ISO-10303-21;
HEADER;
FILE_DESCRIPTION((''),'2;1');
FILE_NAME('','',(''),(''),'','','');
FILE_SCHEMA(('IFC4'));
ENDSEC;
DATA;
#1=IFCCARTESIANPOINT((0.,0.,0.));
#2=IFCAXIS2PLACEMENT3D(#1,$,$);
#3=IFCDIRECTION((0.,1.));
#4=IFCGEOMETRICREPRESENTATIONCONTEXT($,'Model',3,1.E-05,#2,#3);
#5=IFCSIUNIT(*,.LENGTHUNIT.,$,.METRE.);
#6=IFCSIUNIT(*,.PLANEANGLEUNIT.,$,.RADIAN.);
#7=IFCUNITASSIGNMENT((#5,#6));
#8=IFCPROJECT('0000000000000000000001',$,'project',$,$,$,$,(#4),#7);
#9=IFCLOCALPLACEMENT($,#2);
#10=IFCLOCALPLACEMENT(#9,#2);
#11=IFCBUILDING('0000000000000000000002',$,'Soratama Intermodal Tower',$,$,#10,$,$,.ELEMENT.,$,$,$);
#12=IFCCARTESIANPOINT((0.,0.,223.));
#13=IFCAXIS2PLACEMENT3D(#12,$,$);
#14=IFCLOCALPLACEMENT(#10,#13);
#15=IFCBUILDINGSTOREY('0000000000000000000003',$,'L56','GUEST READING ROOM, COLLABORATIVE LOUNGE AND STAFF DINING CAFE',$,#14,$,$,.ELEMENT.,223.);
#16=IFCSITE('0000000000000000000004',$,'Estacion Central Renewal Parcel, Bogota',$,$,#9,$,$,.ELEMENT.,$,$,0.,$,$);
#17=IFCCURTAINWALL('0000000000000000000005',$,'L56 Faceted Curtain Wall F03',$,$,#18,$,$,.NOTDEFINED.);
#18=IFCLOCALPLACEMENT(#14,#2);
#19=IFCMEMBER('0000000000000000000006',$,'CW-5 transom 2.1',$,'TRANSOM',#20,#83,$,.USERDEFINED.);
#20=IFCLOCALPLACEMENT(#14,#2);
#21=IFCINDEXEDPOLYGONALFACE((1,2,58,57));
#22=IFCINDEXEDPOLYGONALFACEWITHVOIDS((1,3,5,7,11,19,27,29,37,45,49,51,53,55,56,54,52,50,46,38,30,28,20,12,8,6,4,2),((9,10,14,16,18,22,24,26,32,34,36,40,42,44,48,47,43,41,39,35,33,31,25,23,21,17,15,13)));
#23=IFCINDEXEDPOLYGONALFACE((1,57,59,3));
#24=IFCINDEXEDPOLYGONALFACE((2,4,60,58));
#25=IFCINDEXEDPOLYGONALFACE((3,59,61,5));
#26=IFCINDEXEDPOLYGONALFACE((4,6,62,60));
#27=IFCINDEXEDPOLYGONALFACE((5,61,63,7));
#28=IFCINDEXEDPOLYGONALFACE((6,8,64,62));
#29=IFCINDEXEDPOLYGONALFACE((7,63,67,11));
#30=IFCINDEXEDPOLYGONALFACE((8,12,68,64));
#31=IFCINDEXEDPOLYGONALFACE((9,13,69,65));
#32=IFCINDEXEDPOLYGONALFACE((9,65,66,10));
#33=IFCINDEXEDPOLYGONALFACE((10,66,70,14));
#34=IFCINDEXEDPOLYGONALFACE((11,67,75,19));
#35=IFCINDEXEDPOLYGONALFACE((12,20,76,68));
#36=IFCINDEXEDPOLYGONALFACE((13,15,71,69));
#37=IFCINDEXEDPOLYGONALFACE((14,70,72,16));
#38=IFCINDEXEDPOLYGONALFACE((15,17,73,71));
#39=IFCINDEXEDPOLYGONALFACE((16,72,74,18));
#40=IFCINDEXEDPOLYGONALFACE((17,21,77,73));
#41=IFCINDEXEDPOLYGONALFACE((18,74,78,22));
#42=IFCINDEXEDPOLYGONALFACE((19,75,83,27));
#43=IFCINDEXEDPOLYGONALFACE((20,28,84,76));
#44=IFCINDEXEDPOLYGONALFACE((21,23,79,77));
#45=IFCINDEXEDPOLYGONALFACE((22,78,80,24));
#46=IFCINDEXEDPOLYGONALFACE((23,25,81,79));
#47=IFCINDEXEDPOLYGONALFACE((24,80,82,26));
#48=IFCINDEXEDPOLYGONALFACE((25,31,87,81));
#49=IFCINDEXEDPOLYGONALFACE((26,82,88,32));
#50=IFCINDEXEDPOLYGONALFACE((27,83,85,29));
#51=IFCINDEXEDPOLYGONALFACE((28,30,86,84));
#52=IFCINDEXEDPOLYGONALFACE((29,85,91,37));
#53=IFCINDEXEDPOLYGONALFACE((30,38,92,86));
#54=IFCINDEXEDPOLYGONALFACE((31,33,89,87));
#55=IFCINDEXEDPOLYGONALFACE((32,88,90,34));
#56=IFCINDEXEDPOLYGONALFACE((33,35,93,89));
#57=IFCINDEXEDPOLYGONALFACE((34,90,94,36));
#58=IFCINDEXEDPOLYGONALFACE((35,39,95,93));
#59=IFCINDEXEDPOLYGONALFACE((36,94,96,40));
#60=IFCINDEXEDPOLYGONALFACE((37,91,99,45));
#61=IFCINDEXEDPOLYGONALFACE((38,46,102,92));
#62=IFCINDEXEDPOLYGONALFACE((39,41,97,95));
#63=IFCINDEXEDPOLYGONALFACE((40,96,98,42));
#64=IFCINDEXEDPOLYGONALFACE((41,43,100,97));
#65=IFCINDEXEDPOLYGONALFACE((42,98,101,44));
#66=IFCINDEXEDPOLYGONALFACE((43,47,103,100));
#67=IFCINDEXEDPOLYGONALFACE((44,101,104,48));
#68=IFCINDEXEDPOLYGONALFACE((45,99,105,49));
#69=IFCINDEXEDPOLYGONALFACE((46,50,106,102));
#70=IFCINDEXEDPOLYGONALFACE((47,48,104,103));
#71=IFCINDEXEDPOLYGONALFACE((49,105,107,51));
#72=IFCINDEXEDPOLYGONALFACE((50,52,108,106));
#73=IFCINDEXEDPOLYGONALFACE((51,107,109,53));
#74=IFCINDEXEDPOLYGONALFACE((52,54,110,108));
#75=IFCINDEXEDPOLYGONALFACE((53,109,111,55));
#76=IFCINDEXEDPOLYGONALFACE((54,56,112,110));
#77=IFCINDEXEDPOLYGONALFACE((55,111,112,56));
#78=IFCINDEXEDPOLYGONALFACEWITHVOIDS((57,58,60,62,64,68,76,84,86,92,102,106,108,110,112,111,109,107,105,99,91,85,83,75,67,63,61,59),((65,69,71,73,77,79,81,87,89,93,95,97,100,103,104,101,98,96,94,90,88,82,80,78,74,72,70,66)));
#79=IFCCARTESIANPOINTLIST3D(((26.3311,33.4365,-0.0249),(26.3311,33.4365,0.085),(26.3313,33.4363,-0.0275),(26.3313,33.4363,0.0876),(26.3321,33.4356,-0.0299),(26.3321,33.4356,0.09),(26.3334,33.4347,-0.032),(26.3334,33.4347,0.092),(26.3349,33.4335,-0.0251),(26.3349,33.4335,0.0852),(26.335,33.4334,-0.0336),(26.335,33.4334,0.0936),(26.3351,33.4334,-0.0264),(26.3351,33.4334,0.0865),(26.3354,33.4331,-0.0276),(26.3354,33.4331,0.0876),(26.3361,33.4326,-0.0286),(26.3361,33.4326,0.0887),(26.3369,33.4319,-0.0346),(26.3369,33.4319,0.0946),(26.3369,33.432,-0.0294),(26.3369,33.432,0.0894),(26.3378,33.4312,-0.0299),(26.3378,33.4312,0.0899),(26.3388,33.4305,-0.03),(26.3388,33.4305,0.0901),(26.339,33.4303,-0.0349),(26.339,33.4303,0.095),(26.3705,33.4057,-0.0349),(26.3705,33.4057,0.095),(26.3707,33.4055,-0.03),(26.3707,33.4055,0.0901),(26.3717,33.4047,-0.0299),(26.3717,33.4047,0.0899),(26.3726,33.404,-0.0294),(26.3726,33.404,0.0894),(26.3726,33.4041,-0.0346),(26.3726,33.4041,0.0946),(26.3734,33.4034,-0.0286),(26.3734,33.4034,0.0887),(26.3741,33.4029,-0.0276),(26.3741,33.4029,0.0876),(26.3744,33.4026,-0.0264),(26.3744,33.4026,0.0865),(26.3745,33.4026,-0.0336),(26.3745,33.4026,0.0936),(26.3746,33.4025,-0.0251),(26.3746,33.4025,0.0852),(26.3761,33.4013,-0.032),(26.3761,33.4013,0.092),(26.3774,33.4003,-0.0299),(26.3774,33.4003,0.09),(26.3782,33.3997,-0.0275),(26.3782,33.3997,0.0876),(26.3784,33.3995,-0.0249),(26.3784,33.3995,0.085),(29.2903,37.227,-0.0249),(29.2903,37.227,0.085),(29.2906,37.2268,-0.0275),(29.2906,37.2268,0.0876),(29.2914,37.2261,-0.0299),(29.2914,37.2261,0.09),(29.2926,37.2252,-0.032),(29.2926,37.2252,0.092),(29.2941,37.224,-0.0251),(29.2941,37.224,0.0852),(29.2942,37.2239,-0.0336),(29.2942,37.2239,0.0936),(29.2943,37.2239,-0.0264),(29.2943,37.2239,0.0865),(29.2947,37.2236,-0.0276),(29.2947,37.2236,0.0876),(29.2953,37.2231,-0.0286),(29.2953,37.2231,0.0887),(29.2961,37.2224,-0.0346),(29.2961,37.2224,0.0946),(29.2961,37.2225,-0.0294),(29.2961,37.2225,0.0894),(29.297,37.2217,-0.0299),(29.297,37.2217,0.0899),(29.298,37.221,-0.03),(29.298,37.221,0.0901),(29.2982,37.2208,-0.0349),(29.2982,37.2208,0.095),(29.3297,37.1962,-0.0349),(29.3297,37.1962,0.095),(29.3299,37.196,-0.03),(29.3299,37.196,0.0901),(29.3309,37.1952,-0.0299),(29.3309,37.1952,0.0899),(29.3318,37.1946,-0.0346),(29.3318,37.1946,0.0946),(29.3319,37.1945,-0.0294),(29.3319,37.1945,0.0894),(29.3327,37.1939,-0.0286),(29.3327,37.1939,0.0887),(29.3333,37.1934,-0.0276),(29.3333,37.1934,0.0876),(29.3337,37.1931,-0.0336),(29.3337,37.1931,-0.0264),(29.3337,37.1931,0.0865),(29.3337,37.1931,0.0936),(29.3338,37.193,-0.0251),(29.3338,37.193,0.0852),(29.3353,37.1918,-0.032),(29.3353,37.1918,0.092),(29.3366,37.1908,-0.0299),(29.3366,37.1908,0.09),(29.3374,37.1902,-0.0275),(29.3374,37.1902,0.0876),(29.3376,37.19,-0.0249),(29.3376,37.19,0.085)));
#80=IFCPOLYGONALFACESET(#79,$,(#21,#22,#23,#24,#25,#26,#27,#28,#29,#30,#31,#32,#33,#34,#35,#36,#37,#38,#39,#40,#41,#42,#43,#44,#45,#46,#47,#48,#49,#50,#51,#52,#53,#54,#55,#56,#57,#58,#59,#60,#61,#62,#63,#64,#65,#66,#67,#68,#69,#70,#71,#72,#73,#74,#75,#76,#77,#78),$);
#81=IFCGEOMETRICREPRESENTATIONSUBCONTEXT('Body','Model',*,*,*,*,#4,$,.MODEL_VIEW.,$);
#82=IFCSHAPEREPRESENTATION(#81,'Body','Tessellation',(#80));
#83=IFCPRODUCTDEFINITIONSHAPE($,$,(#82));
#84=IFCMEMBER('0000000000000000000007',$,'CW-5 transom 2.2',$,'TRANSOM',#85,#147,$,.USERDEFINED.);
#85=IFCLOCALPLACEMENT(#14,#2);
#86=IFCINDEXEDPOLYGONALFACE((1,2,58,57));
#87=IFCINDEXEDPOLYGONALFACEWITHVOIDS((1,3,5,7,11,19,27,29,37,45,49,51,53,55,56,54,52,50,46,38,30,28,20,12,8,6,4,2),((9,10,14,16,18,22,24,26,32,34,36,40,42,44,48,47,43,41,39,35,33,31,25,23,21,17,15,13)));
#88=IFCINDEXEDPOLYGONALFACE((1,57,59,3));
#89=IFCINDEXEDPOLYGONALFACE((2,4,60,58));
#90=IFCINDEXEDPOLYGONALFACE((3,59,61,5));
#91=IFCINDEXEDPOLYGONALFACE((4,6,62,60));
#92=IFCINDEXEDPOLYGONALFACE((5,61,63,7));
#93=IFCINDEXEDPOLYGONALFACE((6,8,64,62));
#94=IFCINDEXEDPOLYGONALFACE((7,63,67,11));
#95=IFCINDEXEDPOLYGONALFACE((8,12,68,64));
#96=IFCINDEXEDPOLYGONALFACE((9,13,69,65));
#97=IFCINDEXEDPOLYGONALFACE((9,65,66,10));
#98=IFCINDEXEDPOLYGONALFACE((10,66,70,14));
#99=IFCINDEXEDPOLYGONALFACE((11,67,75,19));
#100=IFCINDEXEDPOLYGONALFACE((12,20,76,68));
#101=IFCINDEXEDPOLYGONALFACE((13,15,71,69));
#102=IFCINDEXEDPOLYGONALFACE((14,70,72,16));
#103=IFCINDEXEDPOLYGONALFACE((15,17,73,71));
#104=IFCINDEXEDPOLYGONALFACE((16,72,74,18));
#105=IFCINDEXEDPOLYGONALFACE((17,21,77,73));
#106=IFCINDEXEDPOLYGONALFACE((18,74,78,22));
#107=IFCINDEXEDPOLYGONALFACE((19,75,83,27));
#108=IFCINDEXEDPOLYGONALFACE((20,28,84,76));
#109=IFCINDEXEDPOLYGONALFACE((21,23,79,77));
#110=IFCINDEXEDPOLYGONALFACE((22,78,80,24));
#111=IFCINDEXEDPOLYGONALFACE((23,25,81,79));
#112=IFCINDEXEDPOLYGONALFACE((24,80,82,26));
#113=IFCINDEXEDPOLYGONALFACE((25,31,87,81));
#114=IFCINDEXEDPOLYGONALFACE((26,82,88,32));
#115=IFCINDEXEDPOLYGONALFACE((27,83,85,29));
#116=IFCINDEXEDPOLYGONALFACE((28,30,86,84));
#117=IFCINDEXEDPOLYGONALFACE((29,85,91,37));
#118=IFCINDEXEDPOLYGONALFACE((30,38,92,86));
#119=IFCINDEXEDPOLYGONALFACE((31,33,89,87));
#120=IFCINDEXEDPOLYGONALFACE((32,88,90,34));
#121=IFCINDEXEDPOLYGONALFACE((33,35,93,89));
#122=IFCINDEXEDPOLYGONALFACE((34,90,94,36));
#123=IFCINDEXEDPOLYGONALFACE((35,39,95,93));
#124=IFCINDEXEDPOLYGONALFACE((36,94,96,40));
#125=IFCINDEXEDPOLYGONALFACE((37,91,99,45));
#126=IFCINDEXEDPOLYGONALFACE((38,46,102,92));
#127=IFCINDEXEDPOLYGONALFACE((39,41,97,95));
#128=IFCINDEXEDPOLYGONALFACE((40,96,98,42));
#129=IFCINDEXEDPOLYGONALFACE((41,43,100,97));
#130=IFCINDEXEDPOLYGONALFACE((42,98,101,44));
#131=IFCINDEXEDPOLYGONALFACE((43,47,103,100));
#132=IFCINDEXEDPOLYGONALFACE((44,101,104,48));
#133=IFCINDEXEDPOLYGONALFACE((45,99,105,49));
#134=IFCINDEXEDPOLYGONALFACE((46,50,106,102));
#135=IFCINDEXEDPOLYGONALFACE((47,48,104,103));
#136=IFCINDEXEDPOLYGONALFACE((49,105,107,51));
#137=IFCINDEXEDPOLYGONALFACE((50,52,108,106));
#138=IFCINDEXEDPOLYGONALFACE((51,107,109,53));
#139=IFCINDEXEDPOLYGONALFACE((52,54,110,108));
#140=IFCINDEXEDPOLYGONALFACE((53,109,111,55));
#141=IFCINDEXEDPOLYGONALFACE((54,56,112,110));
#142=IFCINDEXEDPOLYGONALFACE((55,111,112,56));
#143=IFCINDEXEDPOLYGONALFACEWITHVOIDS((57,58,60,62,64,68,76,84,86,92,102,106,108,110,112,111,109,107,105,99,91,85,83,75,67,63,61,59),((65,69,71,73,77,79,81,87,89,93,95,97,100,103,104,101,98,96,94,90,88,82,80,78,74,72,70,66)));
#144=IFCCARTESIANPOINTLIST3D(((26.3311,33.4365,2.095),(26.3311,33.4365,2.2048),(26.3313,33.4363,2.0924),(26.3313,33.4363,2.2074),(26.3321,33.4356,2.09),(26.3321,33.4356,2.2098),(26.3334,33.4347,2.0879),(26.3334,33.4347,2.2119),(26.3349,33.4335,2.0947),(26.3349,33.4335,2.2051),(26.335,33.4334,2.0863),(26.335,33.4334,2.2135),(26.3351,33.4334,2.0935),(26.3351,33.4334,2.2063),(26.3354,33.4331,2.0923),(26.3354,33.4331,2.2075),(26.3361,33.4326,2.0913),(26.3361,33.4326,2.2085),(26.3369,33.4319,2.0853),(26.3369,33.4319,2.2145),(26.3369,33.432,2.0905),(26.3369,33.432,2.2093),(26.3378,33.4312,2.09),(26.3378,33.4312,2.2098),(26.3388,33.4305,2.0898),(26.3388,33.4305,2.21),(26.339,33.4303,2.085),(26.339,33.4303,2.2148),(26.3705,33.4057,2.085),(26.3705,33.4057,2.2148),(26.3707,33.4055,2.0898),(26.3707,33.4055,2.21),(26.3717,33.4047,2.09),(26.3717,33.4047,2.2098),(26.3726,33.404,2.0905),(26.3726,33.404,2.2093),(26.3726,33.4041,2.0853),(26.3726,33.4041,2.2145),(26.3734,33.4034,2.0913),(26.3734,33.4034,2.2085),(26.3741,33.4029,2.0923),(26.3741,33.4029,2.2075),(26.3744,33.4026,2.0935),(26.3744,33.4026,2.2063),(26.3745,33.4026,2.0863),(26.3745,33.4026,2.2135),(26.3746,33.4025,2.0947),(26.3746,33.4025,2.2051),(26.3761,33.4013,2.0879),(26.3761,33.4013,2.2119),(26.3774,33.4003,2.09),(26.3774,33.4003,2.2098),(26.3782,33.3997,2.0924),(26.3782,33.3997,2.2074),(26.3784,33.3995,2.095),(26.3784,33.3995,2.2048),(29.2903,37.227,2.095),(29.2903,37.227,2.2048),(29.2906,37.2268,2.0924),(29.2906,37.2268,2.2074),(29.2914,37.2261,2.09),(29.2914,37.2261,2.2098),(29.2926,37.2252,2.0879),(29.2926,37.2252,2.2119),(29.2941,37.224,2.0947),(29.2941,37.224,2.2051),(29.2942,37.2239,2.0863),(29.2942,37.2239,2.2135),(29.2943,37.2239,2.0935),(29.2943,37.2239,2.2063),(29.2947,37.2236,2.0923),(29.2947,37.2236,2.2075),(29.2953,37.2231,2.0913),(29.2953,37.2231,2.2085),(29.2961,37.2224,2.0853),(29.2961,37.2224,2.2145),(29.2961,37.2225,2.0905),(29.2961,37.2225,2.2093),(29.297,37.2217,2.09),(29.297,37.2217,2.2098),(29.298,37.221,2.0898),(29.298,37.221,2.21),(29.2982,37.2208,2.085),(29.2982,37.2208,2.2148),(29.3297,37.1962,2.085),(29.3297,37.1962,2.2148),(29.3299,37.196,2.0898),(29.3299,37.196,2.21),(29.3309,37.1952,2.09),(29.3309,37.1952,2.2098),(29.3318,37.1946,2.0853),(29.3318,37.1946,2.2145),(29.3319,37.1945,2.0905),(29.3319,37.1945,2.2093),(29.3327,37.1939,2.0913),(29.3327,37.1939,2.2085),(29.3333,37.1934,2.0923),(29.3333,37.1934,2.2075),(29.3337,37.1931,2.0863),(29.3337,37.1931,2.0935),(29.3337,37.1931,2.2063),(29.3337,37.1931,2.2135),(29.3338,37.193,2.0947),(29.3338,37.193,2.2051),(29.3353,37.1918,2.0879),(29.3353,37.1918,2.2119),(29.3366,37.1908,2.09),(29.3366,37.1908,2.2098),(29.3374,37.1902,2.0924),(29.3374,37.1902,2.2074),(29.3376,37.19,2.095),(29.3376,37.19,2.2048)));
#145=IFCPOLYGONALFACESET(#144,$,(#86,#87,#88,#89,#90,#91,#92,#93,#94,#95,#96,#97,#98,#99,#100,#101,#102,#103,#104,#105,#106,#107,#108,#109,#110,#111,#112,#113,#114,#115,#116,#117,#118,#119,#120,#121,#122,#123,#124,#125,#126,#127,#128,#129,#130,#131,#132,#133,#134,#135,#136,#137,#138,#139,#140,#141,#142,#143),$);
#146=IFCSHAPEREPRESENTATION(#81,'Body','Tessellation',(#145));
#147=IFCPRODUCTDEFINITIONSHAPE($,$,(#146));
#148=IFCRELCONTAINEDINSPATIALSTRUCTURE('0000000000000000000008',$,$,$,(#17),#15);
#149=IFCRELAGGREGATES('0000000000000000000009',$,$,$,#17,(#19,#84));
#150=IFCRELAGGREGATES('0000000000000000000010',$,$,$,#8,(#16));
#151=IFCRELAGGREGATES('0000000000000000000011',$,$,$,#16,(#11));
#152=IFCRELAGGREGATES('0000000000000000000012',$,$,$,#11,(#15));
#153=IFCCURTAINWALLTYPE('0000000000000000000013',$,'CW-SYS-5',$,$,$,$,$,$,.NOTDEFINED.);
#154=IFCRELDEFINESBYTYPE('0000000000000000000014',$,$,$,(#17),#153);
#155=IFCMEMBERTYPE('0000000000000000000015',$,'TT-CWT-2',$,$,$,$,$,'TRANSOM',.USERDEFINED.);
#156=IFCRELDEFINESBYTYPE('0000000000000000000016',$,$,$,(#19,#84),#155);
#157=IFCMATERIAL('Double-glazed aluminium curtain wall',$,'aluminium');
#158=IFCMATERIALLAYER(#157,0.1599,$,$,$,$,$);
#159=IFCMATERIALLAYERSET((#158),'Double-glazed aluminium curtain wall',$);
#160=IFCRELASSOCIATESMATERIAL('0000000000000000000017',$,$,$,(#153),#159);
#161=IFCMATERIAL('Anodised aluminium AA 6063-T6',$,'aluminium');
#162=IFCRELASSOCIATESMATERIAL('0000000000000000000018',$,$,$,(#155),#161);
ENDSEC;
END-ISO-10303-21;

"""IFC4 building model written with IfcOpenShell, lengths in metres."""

from ifc_helpers import new_model, si_unit, direction, frame, origin, origin_2d, place, context, subcontext, project, spatial, hollow_rectangle, extrude, material, layer, layer_set, material_profile, profile_set, type_object, element, aggregate, save


model = new_model("IFC4")

# Units and contexts
model_context = context("Model", 3, precision=1e-05, world=origin(), true_north=direction((0.0, 1.0)))
body_context = subcontext(model_context, "Body", "Model", "MODEL_VIEW")
ifc_project = project(units=[si_unit("LENGTHUNIT", "METRE"), si_unit("PLANEANGLEUNIT", "RADIAN")], contexts=[model_context])

# Site, building, storey
site_placement = place(None, origin())
site = spatial("IfcSite", under=ifc_project, at=site_placement, Name="Estacion Central Renewal Parcel, Bogota", CompositionType="ELEMENT", RefElevation=0.0)
building_placement = place(site_placement, origin())
building = spatial("IfcBuilding", under=site, at=building_placement, Name="Soratama Intermodal Tower", CompositionType="ELEMENT")
storey_placement = place(building_placement, frame((0.0, 0.0, 223.0)))
storey = spatial("IfcBuildingStorey", under=building, at=storey_placement, Name="L56", Description="GUEST READING ROOM, COLLABORATIVE LOUNGE AND STAFF DINING CAFE", CompositionType="ELEMENT", Elevation=223.0)

# Curtain wall, members
ifc_material_1 = material(Name="Double-glazed aluminium curtain wall", Category="aluminium")
ifc_layer_1 = layer(ifc_material_1, 0.1599)
ifc_layer_set_1 = layer_set([ifc_layer_1], Name="Double-glazed aluminium curtain wall")
curtain_wall_type = type_object("IfcCurtainWallType", Name="CW-SYS-5", PredefinedType="NOTDEFINED", material=ifc_layer_set_1)
curtain_wall_placement = place(storey_placement, origin())
curtain_wall = element("IfcCurtainWall", 1, at=curtain_wall_placement, inside=storey, type_object=curtain_wall_type, Name="L56 Faceted Curtain Wall F03", PredefinedType="NOTDEFINED")
ifc_material_2 = material(Name="Anodised aluminium AA 6063-T6", Category="aluminium")
ifc_material_profile_1 = material_profile(ifc_material_2, hollow_rectangle(XDim=0.0601, YDim=0.1299, WallThickness=0.0049, InnerFilletRadius=0.0049, OuterFilletRadius=0.01, at=origin_2d()), Name="CWT130X60X5")
ifc_profile_set_1 = profile_set([ifc_material_profile_1], Name="Anodised aluminium AA 6063-T6")
member_type_1 = type_object("IfcMemberType", Name="TT-CWT-2", ElementType="TRANSOM", PredefinedType="USERDEFINED", material=ifc_profile_set_1)
member_1_placement = place(storey_placement, frame((29.314, 37.2085, 0.03), z_axis=(-0.61537, -0.788238, 0.0), x_axis=(0.788238, -0.61537, 0.0)))
member_1 = element("IfcMember", 2, at=member_1_placement, type_object=member_type_1, Name="CW-5 transom 2.1", ObjectType="TRANSOM", PredefinedType="USERDEFINED", context=body_context, shape_type="SweptSolid", body=[
    extrude(hollow_rectangle(XDim=0.0601, YDim=0.1299, WallThickness=0.0049, InnerFilletRadius=0.0049, OuterFilletRadius=0.01, at=origin_2d()), origin(), (0.0, 0.0, 1.0), 4.8088),
])
member_2_placement = place(storey_placement, frame((29.314, 37.2085, 2.1499), z_axis=(-0.61537, -0.788238, 0.0), x_axis=(0.788238, -0.61537, 0.0)))
member_2 = element("IfcMember", 3, at=member_2_placement, type_object=member_type_1, Name="CW-5 transom 2.2", ObjectType="TRANSOM", PredefinedType="USERDEFINED", context=body_context, shape_type="SweptSolid", body=[
    extrude(hollow_rectangle(XDim=0.0601, YDim=0.1299, WallThickness=0.0049, InnerFilletRadius=0.0049, OuterFilletRadius=0.01, at=origin_2d()), origin(), (0.0, 0.0, 1.0), 4.8088),
])
aggregate(curtain_wall, [member_1, member_2])

save(model, "model.ifc")
